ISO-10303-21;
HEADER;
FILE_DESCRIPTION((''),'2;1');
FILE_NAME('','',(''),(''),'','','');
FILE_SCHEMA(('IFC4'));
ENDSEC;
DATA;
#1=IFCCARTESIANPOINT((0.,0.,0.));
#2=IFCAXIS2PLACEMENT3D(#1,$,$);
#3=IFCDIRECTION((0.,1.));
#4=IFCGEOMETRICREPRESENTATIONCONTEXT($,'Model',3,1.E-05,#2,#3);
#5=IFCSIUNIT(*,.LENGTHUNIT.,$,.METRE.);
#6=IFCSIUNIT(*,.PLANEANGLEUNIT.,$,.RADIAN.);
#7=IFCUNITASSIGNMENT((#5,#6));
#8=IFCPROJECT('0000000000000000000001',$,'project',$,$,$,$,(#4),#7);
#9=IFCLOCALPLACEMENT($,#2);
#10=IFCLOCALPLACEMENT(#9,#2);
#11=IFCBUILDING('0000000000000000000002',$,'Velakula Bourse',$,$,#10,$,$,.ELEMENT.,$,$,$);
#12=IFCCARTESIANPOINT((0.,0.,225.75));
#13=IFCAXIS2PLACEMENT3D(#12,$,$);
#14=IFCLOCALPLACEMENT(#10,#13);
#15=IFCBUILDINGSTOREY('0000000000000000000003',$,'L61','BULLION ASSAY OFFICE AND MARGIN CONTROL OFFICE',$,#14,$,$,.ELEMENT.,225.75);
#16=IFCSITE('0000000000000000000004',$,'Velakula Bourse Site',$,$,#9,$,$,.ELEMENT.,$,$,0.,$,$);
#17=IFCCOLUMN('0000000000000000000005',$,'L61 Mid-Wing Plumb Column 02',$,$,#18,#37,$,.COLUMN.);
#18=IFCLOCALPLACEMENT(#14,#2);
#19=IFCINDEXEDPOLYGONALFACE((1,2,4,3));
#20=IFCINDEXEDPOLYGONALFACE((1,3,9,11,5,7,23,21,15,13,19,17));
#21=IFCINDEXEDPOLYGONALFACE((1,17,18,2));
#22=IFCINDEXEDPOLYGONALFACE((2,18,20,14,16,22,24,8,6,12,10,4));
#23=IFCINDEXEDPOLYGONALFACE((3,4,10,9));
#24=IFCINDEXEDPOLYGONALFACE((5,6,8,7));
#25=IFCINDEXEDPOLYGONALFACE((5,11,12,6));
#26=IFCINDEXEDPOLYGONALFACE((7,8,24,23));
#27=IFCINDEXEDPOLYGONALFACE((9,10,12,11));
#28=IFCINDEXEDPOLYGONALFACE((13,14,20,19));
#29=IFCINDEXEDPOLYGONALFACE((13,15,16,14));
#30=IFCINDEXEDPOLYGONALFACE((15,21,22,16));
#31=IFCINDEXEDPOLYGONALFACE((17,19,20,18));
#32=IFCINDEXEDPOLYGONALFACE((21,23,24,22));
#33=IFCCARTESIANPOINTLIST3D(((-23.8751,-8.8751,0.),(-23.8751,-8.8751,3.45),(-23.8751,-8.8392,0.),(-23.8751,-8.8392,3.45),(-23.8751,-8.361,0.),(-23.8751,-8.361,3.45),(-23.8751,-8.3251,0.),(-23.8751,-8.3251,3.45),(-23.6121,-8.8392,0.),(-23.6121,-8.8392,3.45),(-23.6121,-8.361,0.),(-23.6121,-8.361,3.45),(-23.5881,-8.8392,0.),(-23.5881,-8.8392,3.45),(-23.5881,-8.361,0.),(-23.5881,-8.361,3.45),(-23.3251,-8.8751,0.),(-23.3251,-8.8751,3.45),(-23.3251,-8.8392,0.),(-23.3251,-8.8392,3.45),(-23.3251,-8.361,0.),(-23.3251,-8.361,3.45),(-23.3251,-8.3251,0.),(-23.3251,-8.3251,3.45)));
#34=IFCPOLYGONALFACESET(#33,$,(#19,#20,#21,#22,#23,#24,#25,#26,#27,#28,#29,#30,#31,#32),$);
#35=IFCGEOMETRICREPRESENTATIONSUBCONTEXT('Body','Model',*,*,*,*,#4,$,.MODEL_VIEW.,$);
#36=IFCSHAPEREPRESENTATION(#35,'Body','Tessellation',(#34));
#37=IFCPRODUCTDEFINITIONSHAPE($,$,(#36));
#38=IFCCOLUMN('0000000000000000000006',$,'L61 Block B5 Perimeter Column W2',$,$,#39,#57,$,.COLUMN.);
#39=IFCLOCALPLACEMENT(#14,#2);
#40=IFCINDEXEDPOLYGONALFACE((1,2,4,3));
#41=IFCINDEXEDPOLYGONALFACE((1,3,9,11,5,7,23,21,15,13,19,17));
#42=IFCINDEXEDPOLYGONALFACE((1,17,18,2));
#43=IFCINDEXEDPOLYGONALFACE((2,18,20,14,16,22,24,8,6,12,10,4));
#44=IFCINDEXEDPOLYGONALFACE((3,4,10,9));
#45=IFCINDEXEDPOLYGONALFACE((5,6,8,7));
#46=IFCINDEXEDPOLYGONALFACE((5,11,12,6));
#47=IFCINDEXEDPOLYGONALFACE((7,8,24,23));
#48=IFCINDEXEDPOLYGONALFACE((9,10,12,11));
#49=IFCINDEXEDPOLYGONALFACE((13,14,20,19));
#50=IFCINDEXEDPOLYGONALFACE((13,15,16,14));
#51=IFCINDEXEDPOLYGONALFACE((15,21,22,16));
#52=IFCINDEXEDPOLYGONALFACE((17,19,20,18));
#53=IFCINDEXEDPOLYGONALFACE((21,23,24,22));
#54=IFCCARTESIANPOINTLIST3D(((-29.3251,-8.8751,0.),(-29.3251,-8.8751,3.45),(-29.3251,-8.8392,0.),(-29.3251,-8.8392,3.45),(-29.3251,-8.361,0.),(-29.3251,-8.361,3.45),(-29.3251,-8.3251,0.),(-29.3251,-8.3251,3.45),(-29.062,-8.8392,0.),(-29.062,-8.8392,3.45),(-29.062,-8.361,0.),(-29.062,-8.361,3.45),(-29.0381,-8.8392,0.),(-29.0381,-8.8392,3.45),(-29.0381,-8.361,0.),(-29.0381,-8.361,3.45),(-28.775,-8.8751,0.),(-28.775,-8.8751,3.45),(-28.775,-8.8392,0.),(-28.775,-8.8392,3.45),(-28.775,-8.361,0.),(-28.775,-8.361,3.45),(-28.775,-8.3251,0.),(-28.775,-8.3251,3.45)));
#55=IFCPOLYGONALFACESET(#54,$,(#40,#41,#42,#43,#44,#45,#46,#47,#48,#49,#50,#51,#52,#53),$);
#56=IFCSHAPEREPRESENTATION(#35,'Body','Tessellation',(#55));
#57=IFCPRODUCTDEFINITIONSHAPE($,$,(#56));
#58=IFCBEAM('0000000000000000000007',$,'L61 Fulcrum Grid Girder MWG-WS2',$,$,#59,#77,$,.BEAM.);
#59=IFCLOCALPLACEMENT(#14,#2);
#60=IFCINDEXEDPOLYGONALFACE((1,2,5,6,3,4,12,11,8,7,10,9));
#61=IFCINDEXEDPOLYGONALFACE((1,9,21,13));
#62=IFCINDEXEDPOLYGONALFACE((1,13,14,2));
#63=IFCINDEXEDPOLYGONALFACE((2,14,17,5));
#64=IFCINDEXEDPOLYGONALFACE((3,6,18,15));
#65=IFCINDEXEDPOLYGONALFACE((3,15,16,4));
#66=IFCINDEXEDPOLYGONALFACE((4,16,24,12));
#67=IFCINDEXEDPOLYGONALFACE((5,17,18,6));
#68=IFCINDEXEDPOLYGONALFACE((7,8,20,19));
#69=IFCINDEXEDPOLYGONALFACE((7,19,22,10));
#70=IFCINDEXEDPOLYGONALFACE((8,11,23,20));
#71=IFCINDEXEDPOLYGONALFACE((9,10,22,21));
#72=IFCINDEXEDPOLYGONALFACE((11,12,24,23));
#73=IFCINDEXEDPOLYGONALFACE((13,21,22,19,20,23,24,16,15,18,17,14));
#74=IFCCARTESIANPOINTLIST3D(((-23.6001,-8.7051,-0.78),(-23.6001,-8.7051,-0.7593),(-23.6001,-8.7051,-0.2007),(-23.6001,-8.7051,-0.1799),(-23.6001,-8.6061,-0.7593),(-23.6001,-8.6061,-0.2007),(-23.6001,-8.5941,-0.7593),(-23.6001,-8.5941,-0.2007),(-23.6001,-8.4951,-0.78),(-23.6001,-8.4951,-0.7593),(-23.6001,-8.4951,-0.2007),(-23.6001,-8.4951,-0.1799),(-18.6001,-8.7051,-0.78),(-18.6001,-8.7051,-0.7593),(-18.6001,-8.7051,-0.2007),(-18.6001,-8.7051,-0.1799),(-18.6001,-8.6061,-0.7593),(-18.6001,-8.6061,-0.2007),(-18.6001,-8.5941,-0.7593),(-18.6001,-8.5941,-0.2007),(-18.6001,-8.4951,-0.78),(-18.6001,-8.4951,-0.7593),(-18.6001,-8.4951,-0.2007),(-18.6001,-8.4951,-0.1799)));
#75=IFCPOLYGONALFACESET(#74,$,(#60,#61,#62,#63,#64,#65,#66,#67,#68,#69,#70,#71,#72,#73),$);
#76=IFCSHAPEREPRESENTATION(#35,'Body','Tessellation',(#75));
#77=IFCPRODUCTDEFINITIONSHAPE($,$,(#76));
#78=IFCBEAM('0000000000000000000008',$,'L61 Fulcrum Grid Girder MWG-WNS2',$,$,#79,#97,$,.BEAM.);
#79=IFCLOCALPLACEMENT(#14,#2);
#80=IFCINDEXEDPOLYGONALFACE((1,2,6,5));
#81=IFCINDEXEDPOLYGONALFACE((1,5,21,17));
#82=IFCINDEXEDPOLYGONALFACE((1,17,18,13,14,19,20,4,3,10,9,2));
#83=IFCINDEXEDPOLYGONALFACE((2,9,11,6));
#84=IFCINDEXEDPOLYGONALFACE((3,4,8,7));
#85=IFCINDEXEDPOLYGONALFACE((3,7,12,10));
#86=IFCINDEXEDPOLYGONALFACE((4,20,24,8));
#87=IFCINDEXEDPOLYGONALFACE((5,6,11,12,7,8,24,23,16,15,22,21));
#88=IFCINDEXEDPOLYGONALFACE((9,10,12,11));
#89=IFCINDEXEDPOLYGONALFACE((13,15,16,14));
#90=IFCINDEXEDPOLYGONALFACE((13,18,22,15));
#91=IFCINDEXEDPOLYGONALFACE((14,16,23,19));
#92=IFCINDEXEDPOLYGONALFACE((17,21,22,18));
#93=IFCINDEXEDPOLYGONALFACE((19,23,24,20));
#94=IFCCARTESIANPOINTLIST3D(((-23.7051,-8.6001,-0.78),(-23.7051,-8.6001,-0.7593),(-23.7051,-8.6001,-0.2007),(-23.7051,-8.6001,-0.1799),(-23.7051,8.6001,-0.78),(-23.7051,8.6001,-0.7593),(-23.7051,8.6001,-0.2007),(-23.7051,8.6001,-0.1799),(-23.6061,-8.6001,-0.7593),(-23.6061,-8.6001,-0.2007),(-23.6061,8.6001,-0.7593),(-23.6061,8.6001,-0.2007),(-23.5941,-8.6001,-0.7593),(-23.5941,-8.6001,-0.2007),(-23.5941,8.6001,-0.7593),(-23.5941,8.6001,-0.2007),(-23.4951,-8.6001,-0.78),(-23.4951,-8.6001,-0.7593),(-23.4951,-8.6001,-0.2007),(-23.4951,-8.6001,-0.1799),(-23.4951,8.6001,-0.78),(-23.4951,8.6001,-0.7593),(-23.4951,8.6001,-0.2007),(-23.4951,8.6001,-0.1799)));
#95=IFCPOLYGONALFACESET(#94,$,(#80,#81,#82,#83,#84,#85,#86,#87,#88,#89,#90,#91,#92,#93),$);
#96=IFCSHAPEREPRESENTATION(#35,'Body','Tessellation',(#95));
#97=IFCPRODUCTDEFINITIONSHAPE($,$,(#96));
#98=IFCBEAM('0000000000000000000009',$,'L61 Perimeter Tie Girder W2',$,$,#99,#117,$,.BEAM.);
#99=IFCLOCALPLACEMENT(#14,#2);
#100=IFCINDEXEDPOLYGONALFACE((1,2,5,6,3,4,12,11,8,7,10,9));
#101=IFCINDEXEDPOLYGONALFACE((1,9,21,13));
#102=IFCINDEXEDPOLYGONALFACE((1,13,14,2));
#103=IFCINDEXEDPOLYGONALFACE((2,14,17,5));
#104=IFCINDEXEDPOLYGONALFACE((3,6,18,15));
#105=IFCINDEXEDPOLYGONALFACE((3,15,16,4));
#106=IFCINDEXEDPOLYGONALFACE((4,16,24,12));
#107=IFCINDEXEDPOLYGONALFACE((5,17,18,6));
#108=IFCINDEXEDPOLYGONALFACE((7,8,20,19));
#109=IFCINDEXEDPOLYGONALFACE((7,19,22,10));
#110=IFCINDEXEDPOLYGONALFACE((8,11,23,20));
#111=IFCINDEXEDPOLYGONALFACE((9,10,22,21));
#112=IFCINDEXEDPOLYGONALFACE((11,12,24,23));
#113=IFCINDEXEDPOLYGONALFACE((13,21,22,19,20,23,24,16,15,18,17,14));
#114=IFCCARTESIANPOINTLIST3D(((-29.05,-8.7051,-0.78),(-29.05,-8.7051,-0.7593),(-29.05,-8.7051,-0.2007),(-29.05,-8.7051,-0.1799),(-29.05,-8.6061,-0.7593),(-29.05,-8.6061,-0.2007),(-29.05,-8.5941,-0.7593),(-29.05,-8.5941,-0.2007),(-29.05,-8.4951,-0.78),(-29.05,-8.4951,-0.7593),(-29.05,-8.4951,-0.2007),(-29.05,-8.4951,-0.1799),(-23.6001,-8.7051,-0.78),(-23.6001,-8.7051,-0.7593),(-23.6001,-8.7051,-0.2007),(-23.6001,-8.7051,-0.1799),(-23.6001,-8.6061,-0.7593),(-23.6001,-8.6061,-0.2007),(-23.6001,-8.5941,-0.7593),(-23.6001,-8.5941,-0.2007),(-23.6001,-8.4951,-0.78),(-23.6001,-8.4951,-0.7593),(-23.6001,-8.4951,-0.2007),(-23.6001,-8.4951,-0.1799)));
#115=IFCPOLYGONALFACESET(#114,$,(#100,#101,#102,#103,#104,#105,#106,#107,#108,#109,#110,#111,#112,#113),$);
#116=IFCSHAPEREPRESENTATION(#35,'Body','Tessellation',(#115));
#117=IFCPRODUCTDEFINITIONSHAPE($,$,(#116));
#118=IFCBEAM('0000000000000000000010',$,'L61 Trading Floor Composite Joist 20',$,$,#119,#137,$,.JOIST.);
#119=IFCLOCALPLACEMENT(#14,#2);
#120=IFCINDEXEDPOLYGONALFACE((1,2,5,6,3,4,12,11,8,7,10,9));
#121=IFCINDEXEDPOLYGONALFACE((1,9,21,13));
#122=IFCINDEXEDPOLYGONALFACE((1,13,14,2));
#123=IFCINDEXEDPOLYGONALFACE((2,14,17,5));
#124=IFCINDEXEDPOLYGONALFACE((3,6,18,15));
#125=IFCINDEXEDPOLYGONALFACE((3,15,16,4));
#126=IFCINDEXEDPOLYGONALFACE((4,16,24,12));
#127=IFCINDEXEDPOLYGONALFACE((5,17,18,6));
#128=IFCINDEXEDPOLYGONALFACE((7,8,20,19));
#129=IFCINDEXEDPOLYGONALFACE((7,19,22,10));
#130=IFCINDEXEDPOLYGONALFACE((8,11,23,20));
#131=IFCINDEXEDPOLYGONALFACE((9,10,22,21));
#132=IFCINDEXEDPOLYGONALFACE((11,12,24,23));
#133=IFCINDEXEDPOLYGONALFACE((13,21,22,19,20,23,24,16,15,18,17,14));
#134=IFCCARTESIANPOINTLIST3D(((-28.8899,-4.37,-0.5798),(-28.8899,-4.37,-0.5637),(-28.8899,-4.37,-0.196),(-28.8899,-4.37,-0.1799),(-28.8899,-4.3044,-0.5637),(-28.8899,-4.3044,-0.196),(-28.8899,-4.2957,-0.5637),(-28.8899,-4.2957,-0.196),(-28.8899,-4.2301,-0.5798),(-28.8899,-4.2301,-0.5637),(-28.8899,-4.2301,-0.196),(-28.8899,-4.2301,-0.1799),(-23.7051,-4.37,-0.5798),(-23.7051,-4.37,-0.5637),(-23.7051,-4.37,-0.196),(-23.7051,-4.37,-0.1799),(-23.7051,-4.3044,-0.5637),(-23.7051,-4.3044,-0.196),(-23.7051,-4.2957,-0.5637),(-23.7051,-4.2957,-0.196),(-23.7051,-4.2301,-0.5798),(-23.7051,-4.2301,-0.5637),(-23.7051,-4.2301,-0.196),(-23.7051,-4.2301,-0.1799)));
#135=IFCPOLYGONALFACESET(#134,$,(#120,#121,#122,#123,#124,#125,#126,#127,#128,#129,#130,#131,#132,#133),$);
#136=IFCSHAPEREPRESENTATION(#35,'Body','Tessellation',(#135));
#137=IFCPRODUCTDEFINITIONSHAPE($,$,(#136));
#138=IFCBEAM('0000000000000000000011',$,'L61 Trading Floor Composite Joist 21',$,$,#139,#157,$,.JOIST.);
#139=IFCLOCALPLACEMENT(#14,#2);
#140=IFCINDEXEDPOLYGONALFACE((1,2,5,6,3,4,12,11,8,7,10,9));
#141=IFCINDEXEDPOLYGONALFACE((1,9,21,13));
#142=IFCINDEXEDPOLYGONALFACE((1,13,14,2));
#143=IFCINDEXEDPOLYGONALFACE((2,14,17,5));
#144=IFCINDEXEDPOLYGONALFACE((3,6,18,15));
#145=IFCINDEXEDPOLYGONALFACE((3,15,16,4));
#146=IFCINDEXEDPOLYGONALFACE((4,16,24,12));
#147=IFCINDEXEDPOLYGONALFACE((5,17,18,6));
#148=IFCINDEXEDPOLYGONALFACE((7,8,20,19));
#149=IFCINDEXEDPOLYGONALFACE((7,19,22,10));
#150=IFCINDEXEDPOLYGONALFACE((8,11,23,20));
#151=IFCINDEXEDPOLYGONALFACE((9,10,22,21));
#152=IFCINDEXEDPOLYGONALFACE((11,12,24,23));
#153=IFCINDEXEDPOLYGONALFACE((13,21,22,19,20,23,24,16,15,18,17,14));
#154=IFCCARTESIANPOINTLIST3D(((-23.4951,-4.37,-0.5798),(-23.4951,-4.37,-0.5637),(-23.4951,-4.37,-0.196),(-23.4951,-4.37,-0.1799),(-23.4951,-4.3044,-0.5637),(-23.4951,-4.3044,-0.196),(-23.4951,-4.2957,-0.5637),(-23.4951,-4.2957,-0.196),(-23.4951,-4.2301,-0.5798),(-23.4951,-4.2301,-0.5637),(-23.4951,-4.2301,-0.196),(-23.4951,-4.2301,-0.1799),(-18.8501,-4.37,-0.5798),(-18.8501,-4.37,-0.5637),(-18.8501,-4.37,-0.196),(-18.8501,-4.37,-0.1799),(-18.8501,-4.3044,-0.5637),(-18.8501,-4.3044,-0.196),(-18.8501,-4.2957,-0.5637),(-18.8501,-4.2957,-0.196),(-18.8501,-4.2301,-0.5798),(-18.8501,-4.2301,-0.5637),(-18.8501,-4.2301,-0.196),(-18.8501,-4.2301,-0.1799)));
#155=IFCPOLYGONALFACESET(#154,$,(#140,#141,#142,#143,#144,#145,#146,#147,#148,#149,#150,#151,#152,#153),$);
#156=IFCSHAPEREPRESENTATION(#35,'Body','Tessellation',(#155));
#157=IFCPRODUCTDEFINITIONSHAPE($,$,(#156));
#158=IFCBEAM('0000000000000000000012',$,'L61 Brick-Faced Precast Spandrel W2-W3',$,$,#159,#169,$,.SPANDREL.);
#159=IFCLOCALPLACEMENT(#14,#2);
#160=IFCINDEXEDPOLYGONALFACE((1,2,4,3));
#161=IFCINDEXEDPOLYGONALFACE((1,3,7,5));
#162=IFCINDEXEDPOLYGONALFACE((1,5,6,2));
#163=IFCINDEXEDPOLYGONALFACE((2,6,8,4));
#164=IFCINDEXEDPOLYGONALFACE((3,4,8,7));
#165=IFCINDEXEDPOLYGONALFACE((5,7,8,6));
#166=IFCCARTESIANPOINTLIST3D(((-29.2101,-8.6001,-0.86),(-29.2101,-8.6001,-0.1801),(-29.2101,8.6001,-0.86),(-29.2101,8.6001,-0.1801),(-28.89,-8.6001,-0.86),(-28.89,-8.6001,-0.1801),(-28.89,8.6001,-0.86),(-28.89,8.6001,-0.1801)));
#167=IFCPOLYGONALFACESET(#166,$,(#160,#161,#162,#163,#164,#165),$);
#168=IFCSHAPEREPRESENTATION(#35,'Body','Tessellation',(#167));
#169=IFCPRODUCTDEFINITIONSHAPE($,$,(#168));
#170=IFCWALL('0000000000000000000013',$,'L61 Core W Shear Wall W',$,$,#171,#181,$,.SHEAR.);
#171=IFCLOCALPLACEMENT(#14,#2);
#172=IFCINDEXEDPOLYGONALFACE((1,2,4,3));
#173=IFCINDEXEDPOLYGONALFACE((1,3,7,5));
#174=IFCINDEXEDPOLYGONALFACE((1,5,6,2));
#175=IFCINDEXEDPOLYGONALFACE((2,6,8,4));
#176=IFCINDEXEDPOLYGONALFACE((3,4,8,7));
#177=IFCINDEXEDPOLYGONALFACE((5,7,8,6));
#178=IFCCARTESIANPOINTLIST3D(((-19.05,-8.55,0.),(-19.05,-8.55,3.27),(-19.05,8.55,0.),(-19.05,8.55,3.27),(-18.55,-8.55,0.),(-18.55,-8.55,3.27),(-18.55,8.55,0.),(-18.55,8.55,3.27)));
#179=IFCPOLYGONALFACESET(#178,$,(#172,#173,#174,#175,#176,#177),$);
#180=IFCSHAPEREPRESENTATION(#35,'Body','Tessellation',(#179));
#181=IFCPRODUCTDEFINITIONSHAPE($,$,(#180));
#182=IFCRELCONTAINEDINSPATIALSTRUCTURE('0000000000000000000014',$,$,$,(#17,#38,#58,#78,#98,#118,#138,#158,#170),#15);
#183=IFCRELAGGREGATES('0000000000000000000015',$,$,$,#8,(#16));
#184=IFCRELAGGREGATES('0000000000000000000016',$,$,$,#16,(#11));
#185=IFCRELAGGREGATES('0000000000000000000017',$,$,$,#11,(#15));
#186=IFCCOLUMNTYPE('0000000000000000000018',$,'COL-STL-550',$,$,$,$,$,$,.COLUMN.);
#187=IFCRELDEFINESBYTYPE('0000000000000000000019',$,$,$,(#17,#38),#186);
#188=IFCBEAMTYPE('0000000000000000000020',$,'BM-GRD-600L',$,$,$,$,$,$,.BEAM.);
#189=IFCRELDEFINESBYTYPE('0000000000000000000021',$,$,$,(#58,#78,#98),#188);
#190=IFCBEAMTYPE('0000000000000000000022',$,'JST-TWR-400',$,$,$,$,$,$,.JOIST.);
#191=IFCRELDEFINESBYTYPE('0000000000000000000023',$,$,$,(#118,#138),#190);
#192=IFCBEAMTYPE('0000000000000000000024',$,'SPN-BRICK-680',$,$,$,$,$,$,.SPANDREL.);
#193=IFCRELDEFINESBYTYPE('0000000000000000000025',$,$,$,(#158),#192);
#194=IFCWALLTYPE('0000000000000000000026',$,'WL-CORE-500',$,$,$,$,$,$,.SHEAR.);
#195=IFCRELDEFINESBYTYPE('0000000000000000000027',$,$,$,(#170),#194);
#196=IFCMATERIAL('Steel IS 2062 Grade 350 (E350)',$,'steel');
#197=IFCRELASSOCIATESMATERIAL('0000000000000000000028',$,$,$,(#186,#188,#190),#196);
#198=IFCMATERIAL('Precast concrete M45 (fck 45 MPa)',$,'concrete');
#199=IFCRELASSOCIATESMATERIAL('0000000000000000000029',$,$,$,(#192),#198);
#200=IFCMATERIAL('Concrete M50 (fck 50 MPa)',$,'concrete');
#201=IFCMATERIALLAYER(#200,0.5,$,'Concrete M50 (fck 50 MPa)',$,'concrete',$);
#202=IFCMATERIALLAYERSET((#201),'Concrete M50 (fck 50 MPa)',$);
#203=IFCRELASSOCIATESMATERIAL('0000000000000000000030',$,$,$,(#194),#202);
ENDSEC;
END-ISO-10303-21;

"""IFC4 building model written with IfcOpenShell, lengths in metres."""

from ifc_helpers import new_model, si_unit, direction, frame, frame_2d, origin, origin_2d, place, context, subcontext, project, spatial, rectangle, i_section, extrude, material, layer, layer_set, material_profile, profile_set, type_object, element, save


model = new_model("IFC4")

# Units and contexts
model_context = context("Model", 3, precision=1e-05, world=origin(), true_north=direction((0.0, 1.0)))
body_context = subcontext(model_context, "Body", "Model", "MODEL_VIEW")
ifc_project = project(units=[si_unit("LENGTHUNIT", "METRE"), si_unit("PLANEANGLEUNIT", "RADIAN")], contexts=[model_context])

# Site, building, storey
site_placement = place(None, origin())
site = spatial("IfcSite", under=ifc_project, at=site_placement, Name="Velakula Bourse Site", CompositionType="ELEMENT", RefElevation=0.0)
building_placement = place(site_placement, origin())
building = spatial("IfcBuilding", under=site, at=building_placement, Name="Velakula Bourse", CompositionType="ELEMENT")
storey_placement = place(building_placement, frame((0.0, 0.0, 225.75)))
storey = spatial("IfcBuildingStorey", under=building, at=storey_placement, Name="L61", Description="BULLION ASSAY OFFICE AND MARGIN CONTROL OFFICE", CompositionType="ELEMENT", Elevation=225.75)

# Columns
ifc_material_1 = material(Name="Steel IS 2062 Grade 350 (E350)", Category="steel")
ifc_material_profile_1 = material_profile(ifc_material_1, i_section(OverallWidth=0.55, OverallDepth=0.55, WebThickness=0.0239, FlangeThickness=0.0359, at=origin_2d()), Name="Steel IS 2062 Grade 350 (E350)")
ifc_profile_set_1 = profile_set([ifc_material_profile_1], Name="Steel IS 2062 Grade 350 (E350)")
column_type = type_object("IfcColumnType", Name="COL-STL-550", PredefinedType="COLUMN", material=ifc_profile_set_1)
for number, where, z_axis, x_axis, name in (
    (1, (-23.6001, -8.6001, 0.0), (0.0, 0.0, 1.0), (1.0, 0.0, 0.0), "L61 Mid-Wing Plumb Column 02"),
    (2, (-29.05, -8.6001, 0.0), (0.0, 0.0, 1.0), (1.0, 0.0, 0.0), "L61 Block B5 Perimeter Column W2"),
):
    element("IfcColumn", number, at=place(storey_placement, frame(where, z_axis=z_axis, x_axis=x_axis)), inside=storey, type_object=column_type, Name=name, PredefinedType="COLUMN", context=body_context, shape_type="SweptSolid", body=[
        extrude(i_section(OverallWidth=0.55, OverallDepth=0.55, WebThickness=0.0239, FlangeThickness=0.0359, at=origin_2d()), origin(), (0.0, 0.0, 1.0), 3.45),
    ])

# Beams
ifc_material_profile_2 = material_profile(ifc_material_1, i_section(OverallWidth=0.21, OverallDepth=0.6001, WebThickness=0.012, FlangeThickness=0.0208, at=origin_2d()), Name="Steel IS 2062 Grade 350 (E350)")
ifc_profile_set_2 = profile_set([ifc_material_profile_2], Name="Steel IS 2062 Grade 350 (E350)")
beam_type_1 = type_object("IfcBeamType", Name="BM-GRD-600L", PredefinedType="BEAM", material=ifc_profile_set_2)
beam_1_placement = place(storey_placement, frame((-23.6001, -8.6001, -0.48), z_axis=(1.0, 0.0, 0.0), x_axis=(0.0, 1.0, 0.0)))
element("IfcBeam", 3, at=beam_1_placement, inside=storey, type_object=beam_type_1, Name="L61 Fulcrum Grid Girder MWG-WS2", PredefinedType="BEAM", context=body_context, shape_type="SweptSolid", body=[
    extrude(i_section(OverallWidth=0.21, OverallDepth=0.6001, WebThickness=0.012, FlangeThickness=0.0208, at=origin_2d()), origin(), (0.0, 0.0, 1.0), 5.0),
])
beam_2_placement = place(storey_placement, frame((-23.6001, -8.6001, -0.48), z_axis=(0.0, 1.0, 0.0), x_axis=(-1.0, 0.0, 0.0)))
element("IfcBeam", 4, at=beam_2_placement, inside=storey, type_object=beam_type_1, Name="L61 Fulcrum Grid Girder MWG-WNS2", PredefinedType="BEAM", context=body_context, shape_type="SweptSolid", body=[
    extrude(i_section(OverallWidth=0.21, OverallDepth=0.6001, WebThickness=0.012, FlangeThickness=0.0208, at=origin_2d()), origin(), (0.0, 0.0, 1.0), 17.2002),
])
beam_3_placement = place(storey_placement, frame((-23.6001, -8.6001, -0.48), z_axis=(-1.0, 0.0, 0.0), x_axis=(0.0, -1.0, 0.0)))
element("IfcBeam", 5, at=beam_3_placement, inside=storey, type_object=beam_type_1, Name="L61 Perimeter Tie Girder W2", PredefinedType="BEAM", context=body_context, shape_type="SweptSolid", body=[
    extrude(i_section(OverallWidth=0.21, OverallDepth=0.6001, WebThickness=0.012, FlangeThickness=0.0208, at=origin_2d()), origin(), (0.0, 0.0, 1.0), 5.45),
])
ifc_material_profile_3 = material_profile(ifc_material_1, i_section(OverallWidth=0.1399, OverallDepth=0.3999, WebThickness=0.0088, FlangeThickness=0.0161, at=origin_2d()), Name="Steel IS 2062 Grade 350 (E350)")
ifc_profile_set_3 = profile_set([ifc_material_profile_3], Name="Steel IS 2062 Grade 350 (E350)")
beam_type_2 = type_object("IfcBeamType", Name="JST-TWR-400", PredefinedType="JOIST", material=ifc_profile_set_3)
beam_4_placement = place(storey_placement, frame((-28.8899, -4.3, -0.3799), z_axis=(1.0, 0.0, 0.0), x_axis=(0.0, 1.0, 0.0)))
element("IfcBeam", 6, at=beam_4_placement, inside=storey, type_object=beam_type_2, Name="L61 Trading Floor Composite Joist 20", PredefinedType="JOIST", context=body_context, shape_type="SweptSolid", body=[
    extrude(i_section(OverallWidth=0.1399, OverallDepth=0.3999, WebThickness=0.0088, FlangeThickness=0.0161, at=origin_2d()), origin(), (0.0, 0.0, 1.0), 5.1848),
])
beam_5_placement = place(storey_placement, frame((-23.4951, -4.3, -0.3799), z_axis=(1.0, 0.0, 0.0), x_axis=(0.0, 1.0, 0.0)))
element("IfcBeam", 7, at=beam_5_placement, inside=storey, type_object=beam_type_2, Name="L61 Trading Floor Composite Joist 21", PredefinedType="JOIST", context=body_context, shape_type="SweptSolid", body=[
    extrude(i_section(OverallWidth=0.1399, OverallDepth=0.3999, WebThickness=0.0088, FlangeThickness=0.0161, at=origin_2d()), origin(), (0.0, 0.0, 1.0), 4.645),
])
ifc_material_2 = material(Name="Precast concrete M45 (fck 45 MPa)", Category="concrete")
ifc_material_profile_4 = material_profile(ifc_material_2, rectangle(XDim=0.3201, YDim=0.6799, at=origin_2d()), Name="Precast concrete M45 (fck 45 MPa)")
ifc_profile_set_4 = profile_set([ifc_material_profile_4], Name="Precast concrete M45 (fck 45 MPa)")
beam_type_3 = type_object("IfcBeamType", Name="SPN-BRICK-680", PredefinedType="SPANDREL", material=ifc_profile_set_4)
beam_6_placement = place(storey_placement, frame((-29.05, -8.6001, -0.52), z_axis=(0.0, 1.0, 0.0), x_axis=(-1.0, 0.0, 0.0)))
element("IfcBeam", 8, at=beam_6_placement, inside=storey, type_object=beam_type_3, Name="L61 Brick-Faced Precast Spandrel W2-W3", PredefinedType="SPANDREL", context=body_context, shape_type="SweptSolid", body=[
    extrude(rectangle(XDim=0.3201, YDim=0.6799, at=origin_2d()), origin(), (0.0, 0.0, 1.0), 17.2002),
])

# Wall
ifc_material_3 = material(Name="Concrete M50 (fck 50 MPa)", Category="concrete")
ifc_layer_1 = layer(ifc_material_3, 0.5, Name="Concrete M50 (fck 50 MPa)", Category="concrete")
ifc_layer_set_1 = layer_set([ifc_layer_1], Name="Concrete M50 (fck 50 MPa)")
wall_type_1 = type_object("IfcWallType", Name="WL-CORE-500", PredefinedType="SHEAR", material=ifc_layer_set_1)
wall_1_placement = place(storey_placement, frame((-18.8, -8.55, 0.0), z_axis=(0.0, 0.0, 1.0), x_axis=(0.0, 1.0, 0.0)))
element("IfcWall", 9, at=wall_1_placement, inside=storey, type_object=wall_type_1, Name="L61 Core W Shear Wall W", PredefinedType="SHEAR", context=body_context, shape_type="SweptSolid", body=[
    extrude(rectangle(XDim=17.1001, YDim=0.5, at=frame_2d((8.55, 0.0))), origin(), (0.0, 0.0, 1.0), 3.27),
])

save(model, "model.ifc")
